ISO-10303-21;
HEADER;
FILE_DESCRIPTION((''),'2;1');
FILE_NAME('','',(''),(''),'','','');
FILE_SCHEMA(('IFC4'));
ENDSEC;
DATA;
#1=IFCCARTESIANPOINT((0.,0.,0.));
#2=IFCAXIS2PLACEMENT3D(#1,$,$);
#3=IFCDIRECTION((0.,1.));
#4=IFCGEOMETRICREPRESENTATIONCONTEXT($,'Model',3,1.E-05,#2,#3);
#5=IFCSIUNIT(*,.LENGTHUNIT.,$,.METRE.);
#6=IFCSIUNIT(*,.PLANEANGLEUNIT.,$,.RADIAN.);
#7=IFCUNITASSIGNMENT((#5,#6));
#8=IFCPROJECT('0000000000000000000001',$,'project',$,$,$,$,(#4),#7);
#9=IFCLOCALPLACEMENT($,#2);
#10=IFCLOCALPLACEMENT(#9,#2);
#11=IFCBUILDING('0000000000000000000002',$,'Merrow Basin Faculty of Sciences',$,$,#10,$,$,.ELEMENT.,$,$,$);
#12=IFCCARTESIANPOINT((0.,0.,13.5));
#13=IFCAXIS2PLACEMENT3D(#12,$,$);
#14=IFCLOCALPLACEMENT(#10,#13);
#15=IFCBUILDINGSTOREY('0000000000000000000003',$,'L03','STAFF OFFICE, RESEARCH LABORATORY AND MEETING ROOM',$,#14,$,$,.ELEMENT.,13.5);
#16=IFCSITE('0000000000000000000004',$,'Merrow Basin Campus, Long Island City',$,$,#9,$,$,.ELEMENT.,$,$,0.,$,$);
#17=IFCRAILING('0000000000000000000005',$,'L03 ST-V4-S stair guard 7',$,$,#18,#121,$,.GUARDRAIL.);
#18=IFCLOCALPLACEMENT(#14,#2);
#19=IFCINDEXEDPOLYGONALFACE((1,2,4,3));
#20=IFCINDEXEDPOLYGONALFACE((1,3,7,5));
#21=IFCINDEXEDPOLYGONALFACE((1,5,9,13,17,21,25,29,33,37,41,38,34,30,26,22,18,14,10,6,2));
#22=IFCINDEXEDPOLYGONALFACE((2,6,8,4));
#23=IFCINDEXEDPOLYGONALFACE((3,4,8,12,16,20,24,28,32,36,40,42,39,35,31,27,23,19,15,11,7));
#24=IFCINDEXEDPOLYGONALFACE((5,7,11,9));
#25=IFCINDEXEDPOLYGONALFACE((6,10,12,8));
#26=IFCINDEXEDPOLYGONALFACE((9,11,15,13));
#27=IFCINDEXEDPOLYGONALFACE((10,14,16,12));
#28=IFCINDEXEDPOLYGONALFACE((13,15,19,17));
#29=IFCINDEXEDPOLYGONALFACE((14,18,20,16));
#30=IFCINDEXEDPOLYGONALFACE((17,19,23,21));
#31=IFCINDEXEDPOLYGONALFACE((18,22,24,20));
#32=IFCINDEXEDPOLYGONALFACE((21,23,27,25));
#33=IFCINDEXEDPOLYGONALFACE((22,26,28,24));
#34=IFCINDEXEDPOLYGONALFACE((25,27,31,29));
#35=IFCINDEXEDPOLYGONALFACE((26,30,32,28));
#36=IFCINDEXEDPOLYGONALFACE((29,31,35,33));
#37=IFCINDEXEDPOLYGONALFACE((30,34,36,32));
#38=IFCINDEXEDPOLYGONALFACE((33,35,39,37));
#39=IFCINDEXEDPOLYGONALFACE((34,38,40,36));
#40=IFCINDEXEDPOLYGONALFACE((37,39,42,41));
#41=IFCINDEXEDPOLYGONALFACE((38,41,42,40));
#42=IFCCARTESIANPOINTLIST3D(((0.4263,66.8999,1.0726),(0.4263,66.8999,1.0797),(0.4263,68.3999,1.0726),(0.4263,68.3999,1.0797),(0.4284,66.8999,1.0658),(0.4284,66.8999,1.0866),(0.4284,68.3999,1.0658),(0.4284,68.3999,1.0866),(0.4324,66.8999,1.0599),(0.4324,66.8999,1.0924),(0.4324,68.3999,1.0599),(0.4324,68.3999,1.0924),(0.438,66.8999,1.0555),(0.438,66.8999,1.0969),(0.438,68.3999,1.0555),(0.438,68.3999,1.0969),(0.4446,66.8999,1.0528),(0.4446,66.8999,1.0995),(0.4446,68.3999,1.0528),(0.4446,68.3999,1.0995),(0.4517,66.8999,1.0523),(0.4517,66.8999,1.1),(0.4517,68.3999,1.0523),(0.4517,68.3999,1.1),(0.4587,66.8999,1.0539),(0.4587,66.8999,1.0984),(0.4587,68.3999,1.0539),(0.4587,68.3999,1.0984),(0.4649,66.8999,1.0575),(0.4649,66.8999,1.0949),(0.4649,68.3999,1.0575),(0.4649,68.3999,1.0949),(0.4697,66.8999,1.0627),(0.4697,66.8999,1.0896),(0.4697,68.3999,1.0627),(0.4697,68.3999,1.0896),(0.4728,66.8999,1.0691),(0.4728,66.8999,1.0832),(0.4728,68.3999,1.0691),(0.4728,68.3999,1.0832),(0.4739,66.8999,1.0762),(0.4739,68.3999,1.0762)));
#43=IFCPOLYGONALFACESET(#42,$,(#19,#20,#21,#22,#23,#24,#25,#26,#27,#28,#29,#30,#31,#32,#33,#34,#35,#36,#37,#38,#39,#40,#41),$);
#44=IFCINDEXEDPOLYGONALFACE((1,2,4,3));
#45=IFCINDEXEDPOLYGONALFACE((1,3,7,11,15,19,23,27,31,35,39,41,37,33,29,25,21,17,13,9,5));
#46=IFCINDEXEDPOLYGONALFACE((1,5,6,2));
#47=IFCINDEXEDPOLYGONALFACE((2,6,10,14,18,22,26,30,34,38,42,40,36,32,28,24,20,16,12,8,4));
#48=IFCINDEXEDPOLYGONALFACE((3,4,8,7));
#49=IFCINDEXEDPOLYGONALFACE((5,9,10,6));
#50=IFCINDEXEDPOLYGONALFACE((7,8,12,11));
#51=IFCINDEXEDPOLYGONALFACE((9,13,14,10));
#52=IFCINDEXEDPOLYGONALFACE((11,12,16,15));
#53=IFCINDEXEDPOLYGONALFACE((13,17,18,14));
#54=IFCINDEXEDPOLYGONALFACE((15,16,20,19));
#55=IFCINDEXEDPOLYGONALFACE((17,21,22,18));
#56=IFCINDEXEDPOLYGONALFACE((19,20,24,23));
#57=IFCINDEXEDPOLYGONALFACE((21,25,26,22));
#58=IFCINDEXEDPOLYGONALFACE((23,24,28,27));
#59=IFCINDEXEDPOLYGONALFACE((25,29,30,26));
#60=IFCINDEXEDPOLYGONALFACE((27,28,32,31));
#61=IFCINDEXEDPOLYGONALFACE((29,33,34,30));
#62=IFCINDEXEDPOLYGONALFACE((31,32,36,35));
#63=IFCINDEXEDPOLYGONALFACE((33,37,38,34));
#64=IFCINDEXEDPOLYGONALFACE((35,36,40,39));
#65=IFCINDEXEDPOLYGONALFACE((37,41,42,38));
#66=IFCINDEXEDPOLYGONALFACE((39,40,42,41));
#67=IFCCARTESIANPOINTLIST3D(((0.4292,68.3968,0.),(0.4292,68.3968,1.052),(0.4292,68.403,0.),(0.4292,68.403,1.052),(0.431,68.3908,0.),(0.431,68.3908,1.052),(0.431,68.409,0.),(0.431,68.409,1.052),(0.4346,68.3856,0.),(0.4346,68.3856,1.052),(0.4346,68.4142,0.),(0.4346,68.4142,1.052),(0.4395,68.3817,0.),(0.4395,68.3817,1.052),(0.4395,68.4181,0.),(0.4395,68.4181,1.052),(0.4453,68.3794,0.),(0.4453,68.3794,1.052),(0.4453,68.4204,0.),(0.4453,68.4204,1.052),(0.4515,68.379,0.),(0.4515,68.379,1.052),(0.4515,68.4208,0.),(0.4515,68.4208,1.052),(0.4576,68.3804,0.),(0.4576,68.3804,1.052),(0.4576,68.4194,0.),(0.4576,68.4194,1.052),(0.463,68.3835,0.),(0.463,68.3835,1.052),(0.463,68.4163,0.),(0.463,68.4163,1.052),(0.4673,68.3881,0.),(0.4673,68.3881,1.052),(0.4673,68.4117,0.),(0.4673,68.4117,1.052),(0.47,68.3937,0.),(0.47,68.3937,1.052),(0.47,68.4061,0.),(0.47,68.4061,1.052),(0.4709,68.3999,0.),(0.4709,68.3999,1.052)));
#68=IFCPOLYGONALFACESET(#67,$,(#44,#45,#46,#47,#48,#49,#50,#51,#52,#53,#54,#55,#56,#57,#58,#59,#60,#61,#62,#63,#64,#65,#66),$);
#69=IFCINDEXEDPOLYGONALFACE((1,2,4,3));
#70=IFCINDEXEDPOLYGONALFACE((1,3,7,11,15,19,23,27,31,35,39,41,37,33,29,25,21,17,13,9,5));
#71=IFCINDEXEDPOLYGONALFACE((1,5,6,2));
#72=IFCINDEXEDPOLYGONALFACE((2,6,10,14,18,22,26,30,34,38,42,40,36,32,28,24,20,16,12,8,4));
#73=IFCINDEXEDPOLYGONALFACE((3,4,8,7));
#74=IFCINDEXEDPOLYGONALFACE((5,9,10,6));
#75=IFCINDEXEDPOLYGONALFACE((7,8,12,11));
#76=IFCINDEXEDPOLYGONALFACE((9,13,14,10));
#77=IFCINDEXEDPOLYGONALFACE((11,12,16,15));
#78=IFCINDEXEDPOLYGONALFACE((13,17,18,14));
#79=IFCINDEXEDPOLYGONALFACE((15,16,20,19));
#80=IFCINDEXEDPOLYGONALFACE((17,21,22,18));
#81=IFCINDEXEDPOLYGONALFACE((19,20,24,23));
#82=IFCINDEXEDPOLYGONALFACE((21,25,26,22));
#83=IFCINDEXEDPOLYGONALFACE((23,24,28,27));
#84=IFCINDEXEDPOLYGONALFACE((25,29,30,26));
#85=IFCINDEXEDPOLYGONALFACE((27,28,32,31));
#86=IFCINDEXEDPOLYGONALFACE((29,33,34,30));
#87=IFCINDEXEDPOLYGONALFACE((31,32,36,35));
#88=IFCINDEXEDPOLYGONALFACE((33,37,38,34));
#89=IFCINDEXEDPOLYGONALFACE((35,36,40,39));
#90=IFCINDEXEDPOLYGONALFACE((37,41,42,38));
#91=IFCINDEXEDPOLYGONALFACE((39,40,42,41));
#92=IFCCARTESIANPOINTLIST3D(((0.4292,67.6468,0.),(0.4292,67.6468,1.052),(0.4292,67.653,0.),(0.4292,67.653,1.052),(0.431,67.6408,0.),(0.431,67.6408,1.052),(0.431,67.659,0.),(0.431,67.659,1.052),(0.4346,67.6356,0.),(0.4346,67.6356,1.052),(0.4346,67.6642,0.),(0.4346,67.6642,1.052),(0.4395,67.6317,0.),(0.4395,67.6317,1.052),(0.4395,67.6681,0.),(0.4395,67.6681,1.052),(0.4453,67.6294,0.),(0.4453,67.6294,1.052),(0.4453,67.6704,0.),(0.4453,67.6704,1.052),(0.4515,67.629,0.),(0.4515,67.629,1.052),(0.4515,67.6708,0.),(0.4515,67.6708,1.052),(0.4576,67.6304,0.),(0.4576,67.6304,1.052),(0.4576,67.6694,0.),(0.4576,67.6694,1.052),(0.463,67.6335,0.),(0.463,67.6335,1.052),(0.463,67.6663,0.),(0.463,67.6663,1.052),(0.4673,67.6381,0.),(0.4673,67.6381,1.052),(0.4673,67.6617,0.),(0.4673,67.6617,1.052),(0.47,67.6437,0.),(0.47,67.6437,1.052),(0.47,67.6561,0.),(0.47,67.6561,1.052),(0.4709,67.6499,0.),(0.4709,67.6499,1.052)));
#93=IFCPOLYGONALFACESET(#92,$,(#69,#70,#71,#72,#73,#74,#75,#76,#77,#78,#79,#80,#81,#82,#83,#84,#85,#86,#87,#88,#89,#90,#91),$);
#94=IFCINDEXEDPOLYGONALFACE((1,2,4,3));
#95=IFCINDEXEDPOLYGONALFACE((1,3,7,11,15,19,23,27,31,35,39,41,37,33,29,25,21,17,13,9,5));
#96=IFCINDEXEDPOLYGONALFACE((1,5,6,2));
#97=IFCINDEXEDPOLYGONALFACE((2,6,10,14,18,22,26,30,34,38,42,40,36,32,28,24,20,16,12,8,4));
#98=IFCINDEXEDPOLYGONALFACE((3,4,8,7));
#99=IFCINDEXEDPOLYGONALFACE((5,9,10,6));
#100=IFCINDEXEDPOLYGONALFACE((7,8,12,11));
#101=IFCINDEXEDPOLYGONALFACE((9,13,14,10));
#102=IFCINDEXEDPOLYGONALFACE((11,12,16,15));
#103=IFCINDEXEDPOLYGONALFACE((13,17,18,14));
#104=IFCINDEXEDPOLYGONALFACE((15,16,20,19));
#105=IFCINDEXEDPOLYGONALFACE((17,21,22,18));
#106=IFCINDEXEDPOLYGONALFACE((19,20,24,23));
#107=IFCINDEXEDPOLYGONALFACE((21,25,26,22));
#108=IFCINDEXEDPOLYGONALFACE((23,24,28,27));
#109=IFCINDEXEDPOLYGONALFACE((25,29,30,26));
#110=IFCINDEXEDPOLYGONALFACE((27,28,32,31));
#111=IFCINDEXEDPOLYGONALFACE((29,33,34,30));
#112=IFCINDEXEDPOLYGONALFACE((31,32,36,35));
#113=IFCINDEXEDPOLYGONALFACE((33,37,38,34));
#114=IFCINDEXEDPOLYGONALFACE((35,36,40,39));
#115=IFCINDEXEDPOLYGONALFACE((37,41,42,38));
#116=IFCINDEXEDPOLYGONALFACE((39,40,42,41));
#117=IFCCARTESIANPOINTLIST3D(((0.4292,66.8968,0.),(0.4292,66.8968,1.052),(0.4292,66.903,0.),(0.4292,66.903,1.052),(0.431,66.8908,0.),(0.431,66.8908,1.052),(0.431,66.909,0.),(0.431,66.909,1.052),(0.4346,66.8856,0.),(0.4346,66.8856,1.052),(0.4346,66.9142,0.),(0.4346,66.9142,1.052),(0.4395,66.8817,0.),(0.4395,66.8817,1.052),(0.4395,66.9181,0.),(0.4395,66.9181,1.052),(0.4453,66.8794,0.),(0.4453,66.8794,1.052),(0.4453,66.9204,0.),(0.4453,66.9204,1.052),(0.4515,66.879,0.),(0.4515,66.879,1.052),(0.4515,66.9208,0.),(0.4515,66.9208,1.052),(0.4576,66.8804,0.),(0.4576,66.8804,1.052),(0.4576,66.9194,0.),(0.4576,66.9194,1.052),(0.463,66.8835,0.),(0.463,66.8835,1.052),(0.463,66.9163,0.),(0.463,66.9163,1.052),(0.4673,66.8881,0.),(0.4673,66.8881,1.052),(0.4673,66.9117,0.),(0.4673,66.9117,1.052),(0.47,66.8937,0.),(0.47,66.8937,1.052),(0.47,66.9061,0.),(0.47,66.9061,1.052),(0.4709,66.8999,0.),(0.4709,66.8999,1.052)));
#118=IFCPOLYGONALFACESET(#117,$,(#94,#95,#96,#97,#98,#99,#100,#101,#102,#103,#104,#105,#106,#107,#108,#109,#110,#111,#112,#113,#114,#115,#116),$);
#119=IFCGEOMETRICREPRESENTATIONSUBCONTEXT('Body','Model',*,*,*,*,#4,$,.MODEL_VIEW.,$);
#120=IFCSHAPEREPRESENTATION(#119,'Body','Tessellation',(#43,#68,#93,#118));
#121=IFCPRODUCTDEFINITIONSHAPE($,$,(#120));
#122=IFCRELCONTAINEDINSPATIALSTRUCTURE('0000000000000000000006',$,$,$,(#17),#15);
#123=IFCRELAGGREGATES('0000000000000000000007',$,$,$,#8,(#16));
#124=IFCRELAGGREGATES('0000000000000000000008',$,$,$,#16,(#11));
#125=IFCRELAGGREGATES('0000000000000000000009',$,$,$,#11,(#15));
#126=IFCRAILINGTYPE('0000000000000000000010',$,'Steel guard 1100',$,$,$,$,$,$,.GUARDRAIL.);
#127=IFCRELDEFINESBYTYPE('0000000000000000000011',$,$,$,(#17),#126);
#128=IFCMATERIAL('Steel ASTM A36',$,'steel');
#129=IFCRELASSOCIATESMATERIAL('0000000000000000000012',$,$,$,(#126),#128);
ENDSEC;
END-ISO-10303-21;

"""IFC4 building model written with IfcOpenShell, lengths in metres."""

from ifc_helpers import new_model, si_unit, direction, frame, origin, origin_2d, place, context, subcontext, project, spatial, circle, extrude, material, type_object, element, save


model = new_model("IFC4")

# Units and contexts
model_context = context("Model", 3, precision=1e-05, world=origin(), true_north=direction((0.0, 1.0)))
body_context = subcontext(model_context, "Body", "Model", "MODEL_VIEW")
ifc_project = project(units=[si_unit("LENGTHUNIT", "METRE"), si_unit("PLANEANGLEUNIT", "RADIAN")], contexts=[model_context])

# Site, building, storey
site_placement = place(None, origin())
site = spatial("IfcSite", under=ifc_project, at=site_placement, Name="Merrow Basin Campus, Long Island City", CompositionType="ELEMENT", RefElevation=0.0)
building_placement = place(site_placement, origin())
building = spatial("IfcBuilding", under=site, at=building_placement, Name="Merrow Basin Faculty of Sciences", CompositionType="ELEMENT")
storey_placement = place(building_placement, frame((0.0, 0.0, 13.5)))
storey = spatial("IfcBuildingStorey", under=building, at=storey_placement, Name="L03", Description="STAFF OFFICE, RESEARCH LABORATORY AND MEETING ROOM", CompositionType="ELEMENT", Elevation=13.5)

# Railing
ifc_material_1 = material(Name="Steel ASTM A36", Category="steel")
railing_type_1 = type_object("IfcRailingType", Name="Steel guard 1100", PredefinedType="GUARDRAIL", material=ifc_material_1)
railing_1_placement = place(storey_placement, frame((0.45, 68.3999, 0.0)))
element("IfcRailing", 1, at=railing_1_placement, inside=storey, type_object=railing_type_1, Name="L03 ST-V4-S stair guard 7", PredefinedType="GUARDRAIL", context=body_context, shape_type="SweptSolid", body=[
    extrude(circle(Radius=0.0239, at=origin_2d()), frame((0.0, 0.0, 1.0762), z_axis=(0.0, -1.0, 0.0), x_axis=(1.0, 0.0, 0.0)), (0.0, 0.0, 1.0), 1.5),
    extrude(circle(Radius=0.021, at=origin_2d()), origin(), (0.0, 0.0, 1.0), 1.052),
    extrude(circle(Radius=0.021, at=origin_2d()), frame((0.0, -0.75, 0.0)), (0.0, 0.0, 1.0), 1.052),
    extrude(circle(Radius=0.021, at=origin_2d()), frame((0.0, -1.5, 0.0)), (0.0, 0.0, 1.0), 1.052),
])

save(model, "model.ifc")
